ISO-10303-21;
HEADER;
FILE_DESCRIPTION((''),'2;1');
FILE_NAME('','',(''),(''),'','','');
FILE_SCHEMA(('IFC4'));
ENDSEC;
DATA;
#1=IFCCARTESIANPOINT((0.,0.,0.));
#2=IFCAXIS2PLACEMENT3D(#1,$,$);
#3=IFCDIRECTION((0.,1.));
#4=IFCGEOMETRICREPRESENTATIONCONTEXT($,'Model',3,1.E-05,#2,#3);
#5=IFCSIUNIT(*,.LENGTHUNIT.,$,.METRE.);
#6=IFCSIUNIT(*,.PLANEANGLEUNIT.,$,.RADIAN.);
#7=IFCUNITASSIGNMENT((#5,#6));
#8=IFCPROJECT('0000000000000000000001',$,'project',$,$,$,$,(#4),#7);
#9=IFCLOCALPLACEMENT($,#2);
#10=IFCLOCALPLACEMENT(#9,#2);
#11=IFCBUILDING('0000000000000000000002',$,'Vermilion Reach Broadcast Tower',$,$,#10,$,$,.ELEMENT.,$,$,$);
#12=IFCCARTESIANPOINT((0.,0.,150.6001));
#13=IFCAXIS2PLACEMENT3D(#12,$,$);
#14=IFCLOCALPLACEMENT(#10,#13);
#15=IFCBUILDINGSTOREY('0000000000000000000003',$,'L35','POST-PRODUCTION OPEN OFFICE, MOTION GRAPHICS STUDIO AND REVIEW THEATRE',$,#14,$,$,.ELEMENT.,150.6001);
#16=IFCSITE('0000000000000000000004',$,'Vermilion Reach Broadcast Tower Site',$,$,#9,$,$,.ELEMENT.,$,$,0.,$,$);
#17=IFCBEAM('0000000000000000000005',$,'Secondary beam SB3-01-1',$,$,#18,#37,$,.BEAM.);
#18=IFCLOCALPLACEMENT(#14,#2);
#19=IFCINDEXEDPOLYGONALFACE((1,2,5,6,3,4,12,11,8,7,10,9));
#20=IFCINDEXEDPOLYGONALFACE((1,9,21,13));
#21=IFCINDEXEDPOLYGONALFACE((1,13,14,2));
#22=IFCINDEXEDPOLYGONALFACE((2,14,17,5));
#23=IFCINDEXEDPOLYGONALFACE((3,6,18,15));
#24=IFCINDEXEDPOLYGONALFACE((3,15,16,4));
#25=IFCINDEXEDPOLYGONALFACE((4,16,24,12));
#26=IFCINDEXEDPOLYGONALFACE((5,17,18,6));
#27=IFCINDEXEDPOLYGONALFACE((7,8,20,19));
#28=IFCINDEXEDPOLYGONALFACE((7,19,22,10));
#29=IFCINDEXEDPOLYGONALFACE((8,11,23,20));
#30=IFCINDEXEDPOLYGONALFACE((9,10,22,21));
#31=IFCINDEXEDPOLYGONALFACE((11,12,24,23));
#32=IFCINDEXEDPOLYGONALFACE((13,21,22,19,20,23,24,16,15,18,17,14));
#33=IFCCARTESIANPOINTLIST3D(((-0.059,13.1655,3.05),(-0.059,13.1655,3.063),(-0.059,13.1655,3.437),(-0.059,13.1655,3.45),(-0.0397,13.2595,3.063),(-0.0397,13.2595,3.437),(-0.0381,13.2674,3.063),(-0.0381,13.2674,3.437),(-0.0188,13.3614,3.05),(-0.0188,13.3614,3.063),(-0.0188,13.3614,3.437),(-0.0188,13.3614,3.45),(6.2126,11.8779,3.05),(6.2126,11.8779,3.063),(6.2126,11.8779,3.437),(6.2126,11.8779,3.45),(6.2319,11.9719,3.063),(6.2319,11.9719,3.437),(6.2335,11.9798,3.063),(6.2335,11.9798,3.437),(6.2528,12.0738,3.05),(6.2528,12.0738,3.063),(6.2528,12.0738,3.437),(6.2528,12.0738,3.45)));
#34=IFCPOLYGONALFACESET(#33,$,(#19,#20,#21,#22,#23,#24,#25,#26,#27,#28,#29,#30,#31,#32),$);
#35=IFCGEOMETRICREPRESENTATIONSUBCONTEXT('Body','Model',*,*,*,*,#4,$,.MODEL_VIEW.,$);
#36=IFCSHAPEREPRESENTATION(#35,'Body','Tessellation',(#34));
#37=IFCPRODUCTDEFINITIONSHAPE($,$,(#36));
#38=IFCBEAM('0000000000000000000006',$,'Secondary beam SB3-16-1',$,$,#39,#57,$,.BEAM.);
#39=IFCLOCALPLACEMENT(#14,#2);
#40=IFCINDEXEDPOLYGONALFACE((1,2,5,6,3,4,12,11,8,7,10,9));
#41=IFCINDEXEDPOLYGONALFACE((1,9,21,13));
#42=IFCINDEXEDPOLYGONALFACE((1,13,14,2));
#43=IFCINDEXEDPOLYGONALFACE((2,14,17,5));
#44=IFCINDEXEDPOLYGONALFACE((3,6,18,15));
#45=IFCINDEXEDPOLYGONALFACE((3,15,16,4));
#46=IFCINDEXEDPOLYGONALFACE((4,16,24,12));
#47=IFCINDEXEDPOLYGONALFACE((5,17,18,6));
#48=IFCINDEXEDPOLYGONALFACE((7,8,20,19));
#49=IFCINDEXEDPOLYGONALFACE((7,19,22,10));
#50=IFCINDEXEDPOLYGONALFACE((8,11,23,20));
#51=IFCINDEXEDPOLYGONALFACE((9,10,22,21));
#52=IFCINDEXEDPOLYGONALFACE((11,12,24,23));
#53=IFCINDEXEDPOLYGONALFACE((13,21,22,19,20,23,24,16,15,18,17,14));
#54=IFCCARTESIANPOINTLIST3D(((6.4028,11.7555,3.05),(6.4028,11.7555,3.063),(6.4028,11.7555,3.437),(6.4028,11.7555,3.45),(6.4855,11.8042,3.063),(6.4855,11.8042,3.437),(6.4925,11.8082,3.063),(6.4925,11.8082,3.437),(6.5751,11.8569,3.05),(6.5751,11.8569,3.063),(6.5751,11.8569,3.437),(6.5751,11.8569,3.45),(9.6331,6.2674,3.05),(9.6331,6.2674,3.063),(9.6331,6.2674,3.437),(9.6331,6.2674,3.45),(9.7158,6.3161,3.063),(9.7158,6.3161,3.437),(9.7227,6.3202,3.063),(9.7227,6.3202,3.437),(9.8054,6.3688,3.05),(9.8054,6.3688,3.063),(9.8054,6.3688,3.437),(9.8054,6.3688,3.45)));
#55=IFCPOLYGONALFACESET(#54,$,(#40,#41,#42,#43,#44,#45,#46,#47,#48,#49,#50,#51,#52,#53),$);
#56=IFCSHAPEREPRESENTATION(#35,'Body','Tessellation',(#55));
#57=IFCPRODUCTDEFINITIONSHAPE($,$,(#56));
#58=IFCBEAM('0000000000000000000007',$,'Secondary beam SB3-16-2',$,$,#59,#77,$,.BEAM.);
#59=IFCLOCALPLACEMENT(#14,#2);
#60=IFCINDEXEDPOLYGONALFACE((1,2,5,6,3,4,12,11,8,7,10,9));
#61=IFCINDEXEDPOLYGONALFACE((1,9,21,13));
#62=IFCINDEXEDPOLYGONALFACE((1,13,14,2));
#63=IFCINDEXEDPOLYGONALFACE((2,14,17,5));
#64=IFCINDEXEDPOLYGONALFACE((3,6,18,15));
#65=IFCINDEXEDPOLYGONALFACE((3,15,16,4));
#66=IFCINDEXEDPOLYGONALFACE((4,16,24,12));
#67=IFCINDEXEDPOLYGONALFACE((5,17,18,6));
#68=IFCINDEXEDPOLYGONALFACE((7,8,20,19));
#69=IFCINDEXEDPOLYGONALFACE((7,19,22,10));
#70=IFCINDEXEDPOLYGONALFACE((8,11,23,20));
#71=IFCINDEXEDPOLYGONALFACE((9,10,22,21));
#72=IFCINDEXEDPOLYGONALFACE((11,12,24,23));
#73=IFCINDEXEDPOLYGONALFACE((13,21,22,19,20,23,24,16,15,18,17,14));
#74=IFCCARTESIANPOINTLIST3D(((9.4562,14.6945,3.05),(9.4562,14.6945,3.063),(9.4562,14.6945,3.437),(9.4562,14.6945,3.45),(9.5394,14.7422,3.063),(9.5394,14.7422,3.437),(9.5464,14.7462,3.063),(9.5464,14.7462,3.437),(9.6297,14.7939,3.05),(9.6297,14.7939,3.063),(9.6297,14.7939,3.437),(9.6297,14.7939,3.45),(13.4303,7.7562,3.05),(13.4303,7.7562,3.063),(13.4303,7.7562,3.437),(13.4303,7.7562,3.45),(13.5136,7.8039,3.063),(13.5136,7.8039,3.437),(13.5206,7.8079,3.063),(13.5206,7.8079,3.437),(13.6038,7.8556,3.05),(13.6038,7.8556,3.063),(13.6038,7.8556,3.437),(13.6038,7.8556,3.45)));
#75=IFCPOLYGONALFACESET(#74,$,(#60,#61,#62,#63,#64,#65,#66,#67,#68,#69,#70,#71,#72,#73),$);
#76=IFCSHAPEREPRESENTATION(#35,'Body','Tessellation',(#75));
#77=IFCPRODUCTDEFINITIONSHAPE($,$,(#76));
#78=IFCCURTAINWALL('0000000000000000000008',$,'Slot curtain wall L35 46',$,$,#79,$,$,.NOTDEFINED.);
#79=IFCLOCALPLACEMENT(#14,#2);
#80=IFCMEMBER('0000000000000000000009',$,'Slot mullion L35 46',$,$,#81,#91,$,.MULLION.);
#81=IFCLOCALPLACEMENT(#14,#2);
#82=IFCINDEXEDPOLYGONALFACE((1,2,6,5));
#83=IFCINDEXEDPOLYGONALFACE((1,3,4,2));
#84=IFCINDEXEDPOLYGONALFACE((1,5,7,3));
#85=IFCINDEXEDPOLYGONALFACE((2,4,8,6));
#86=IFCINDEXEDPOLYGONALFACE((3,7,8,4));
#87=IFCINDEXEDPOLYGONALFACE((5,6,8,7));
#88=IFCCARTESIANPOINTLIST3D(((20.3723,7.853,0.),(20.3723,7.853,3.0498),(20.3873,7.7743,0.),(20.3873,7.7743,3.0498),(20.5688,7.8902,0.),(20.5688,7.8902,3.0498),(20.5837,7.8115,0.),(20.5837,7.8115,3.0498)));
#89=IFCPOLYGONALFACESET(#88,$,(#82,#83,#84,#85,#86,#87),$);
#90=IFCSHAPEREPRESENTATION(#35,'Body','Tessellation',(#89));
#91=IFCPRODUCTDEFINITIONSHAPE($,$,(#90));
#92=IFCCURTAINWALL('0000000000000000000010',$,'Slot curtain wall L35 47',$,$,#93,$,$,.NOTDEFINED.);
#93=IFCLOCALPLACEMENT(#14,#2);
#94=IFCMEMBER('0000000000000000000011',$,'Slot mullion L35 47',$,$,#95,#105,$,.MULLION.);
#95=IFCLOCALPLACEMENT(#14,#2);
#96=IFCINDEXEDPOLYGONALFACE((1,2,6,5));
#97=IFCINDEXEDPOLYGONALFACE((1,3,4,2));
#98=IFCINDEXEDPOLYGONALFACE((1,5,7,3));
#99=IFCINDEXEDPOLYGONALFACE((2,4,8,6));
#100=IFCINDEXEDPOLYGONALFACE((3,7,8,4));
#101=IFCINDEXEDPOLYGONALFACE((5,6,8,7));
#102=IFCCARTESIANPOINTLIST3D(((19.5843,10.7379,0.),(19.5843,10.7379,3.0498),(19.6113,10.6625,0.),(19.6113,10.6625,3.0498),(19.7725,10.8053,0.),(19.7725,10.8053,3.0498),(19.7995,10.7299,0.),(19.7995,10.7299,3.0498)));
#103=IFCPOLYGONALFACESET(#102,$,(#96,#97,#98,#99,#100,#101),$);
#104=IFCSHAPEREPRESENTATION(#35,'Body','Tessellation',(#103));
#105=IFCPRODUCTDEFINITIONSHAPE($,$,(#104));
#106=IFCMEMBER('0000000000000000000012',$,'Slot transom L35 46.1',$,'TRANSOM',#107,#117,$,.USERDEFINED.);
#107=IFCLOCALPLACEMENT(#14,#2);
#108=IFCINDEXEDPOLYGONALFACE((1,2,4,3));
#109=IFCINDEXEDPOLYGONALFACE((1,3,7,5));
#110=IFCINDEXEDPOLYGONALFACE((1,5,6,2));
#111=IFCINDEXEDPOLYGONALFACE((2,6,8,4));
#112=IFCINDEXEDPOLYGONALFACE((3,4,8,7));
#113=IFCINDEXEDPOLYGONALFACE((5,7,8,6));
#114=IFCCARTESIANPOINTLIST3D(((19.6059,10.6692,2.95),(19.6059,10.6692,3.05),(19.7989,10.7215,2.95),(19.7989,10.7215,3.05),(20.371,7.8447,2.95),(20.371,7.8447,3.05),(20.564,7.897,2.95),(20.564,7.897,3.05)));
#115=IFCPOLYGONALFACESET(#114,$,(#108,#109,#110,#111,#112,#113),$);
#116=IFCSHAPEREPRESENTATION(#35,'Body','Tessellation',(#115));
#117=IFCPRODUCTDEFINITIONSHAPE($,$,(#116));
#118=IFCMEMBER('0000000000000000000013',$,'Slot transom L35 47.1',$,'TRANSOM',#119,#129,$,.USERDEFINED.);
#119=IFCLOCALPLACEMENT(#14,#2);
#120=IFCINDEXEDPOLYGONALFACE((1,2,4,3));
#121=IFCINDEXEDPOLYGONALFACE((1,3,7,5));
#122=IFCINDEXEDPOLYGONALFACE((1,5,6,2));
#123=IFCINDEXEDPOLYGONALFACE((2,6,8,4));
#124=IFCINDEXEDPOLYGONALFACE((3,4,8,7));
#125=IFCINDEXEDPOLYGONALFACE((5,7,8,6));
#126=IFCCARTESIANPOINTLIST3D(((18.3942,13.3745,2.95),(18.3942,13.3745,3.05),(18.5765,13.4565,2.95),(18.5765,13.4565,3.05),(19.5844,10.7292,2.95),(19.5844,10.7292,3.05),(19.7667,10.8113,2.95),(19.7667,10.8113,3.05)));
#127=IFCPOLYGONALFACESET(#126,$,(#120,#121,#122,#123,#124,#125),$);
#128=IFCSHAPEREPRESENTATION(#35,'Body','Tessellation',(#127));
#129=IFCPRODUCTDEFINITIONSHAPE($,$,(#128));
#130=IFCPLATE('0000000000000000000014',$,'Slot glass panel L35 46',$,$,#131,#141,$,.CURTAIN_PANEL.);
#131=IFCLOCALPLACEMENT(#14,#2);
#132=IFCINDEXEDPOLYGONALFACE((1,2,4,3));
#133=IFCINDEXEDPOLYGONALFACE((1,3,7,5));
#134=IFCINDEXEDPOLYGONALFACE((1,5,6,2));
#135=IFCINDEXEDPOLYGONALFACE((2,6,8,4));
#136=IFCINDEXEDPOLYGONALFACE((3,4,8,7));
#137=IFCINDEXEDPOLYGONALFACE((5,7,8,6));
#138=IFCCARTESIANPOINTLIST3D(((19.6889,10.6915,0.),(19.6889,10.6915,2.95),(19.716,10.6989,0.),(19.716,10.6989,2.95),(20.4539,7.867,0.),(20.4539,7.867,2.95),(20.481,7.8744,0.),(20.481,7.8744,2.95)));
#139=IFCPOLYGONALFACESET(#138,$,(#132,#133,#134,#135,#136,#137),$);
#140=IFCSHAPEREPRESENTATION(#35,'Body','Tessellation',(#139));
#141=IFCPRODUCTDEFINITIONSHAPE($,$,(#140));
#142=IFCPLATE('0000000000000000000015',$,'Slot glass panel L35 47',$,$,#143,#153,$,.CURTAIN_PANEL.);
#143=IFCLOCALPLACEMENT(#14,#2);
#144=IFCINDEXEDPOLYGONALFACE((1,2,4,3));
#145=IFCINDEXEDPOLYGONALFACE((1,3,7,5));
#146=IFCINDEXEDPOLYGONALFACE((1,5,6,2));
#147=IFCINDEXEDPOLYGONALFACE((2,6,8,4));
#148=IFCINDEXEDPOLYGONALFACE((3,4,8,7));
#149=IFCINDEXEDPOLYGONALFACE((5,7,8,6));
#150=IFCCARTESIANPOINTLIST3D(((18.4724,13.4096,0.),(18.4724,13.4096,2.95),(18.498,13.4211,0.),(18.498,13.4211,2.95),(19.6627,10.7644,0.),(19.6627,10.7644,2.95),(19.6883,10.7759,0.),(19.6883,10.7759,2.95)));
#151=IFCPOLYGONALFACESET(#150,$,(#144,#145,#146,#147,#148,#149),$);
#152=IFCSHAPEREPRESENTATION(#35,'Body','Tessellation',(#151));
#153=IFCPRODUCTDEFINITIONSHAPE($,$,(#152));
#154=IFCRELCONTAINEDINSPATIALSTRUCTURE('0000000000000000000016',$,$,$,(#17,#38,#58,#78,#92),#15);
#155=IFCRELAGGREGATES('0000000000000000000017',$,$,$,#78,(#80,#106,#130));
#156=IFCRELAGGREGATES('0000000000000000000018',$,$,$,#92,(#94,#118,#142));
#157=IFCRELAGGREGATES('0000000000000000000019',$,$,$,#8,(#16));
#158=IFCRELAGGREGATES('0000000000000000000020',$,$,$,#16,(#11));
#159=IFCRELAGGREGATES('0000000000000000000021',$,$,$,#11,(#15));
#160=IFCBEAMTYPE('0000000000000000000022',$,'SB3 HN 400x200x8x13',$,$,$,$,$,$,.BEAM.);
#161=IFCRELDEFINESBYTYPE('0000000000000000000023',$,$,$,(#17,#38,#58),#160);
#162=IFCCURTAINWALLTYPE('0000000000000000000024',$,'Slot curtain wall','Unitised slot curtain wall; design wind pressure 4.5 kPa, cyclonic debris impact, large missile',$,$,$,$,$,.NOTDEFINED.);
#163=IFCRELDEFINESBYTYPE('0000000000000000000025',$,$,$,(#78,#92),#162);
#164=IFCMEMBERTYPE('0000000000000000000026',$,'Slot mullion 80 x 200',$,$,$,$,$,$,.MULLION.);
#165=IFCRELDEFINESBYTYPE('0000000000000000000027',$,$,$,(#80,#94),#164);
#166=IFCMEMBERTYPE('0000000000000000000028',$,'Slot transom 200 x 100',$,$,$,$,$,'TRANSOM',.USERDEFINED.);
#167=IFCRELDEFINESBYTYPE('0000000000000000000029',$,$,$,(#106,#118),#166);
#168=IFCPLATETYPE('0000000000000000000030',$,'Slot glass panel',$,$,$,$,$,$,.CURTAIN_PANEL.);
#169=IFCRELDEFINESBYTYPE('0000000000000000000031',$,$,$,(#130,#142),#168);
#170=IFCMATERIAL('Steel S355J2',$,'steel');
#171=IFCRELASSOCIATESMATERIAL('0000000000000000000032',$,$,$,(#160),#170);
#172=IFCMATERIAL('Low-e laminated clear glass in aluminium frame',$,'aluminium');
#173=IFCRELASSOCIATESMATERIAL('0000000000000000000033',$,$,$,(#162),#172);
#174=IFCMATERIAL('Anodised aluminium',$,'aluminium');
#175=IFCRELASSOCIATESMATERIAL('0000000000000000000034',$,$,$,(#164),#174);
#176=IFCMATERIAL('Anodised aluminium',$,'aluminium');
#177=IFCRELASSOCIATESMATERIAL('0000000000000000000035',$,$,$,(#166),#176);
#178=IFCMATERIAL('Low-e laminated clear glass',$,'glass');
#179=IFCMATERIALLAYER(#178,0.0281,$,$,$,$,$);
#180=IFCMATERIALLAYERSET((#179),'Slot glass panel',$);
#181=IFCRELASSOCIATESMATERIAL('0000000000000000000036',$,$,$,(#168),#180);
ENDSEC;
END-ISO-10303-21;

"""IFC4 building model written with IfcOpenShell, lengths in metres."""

from ifc_helpers import new_model, si_unit, direction, frame, origin, origin_2d, place, context, subcontext, project, spatial, rectangle, i_section, extrude, material, layer, layer_set, material_profile, profile_set, type_object, element, aggregate, save


model = new_model("IFC4")

# Units and contexts
model_context = context("Model", 3, precision=1e-05, world=origin(), true_north=direction((0.0, 1.0)))
body_context = subcontext(model_context, "Body", "Model", "MODEL_VIEW")
ifc_project = project(units=[si_unit("LENGTHUNIT", "METRE"), si_unit("PLANEANGLEUNIT", "RADIAN")], contexts=[model_context])

# Site, building, storey
site_placement = place(None, origin())
site = spatial("IfcSite", under=ifc_project, at=site_placement, Name="Vermilion Reach Broadcast Tower Site", CompositionType="ELEMENT", RefElevation=0.0)
building_placement = place(site_placement, origin())
building = spatial("IfcBuilding", under=site, at=building_placement, Name="Vermilion Reach Broadcast Tower", CompositionType="ELEMENT")
storey_placement = place(building_placement, frame((0.0, 0.0, 150.6001)))
storey = spatial("IfcBuildingStorey", under=building, at=storey_placement, Name="L35", Description="POST-PRODUCTION OPEN OFFICE, MOTION GRAPHICS STUDIO AND REVIEW THEATRE", CompositionType="ELEMENT", Elevation=150.6001)

# Beams
ifc_material_1 = material(Name="Steel S355J2", Category="steel")
ifc_material_profile_1 = material_profile(ifc_material_1, i_section(OverallWidth=0.2, OverallDepth=0.3999, WebThickness=0.0081, FlangeThickness=0.0129, at=origin_2d()), Name="S355J2 HN 400x200x8x13")
ifc_profile_set_1 = profile_set([ifc_material_profile_1], Name="Steel S355J2")
beam_type_1 = type_object("IfcBeamType", Name="SB3 HN 400x200x8x13", PredefinedType="BEAM", material=ifc_profile_set_1)
beam_1_placement = place(storey_placement, frame((6.2327, 11.9758, 3.25), z_axis=(-0.979568, 0.201115, 0.0), x_axis=(-0.201115, -0.979568, 0.0)))
element("IfcBeam", 1, at=beam_1_placement, inside=storey, type_object=beam_type_1, Name="Secondary beam SB3-01-1", PredefinedType="BEAM", context=body_context, shape_type="SweptSolid", body=[
    extrude(i_section(OverallWidth=0.2, OverallDepth=0.3999, WebThickness=0.0081, FlangeThickness=0.0129, at=origin_2d()), origin(), (0.0, 0.0, 1.0), 6.4023),
])
beam_2_placement = place(storey_placement, frame((9.7192, 6.3181, 3.25), z_axis=(-0.50725, 0.861799, 0.0), x_axis=(-0.861799, -0.50725, 0.0)))
element("IfcBeam", 2, at=beam_2_placement, inside=storey, type_object=beam_type_1, Name="Secondary beam SB3-16-1", PredefinedType="BEAM", context=body_context, shape_type="SweptSolid", body=[
    extrude(i_section(OverallWidth=0.2, OverallDepth=0.3999, WebThickness=0.0081, FlangeThickness=0.0129, at=origin_2d()), origin(), (0.0, 0.0, 1.0), 6.3682),
])
beam_3_placement = place(storey_placement, frame((13.5171, 7.8059, 3.25), z_axis=(-0.497027, 0.867735, 0.0), x_axis=(-0.867735, -0.497027, 0.0)))
element("IfcBeam", 3, at=beam_3_placement, inside=storey, type_object=beam_type_1, Name="Secondary beam SB3-16-2", PredefinedType="BEAM", context=body_context, shape_type="SweptSolid", body=[
    extrude(i_section(OverallWidth=0.2, OverallDepth=0.3999, WebThickness=0.0081, FlangeThickness=0.0129, at=origin_2d()), origin(), (0.0, 0.0, 1.0), 7.9958),
])

# Curtain walls, members
ifc_material_2 = material(Name="Low-e laminated clear glass in aluminium frame", Category="aluminium")
curtain_wall_type = type_object("IfcCurtainWallType", Name="Slot curtain wall", Description="Unitised slot curtain wall; design wind pressure 4.5 kPa, cyclonic debris impact, large missile", PredefinedType="NOTDEFINED", material=ifc_material_2)
placement = place(storey_placement, origin())
curtain_wall_1 = element("IfcCurtainWall", 4, at=placement, inside=storey, type_object=curtain_wall_type, Name="Slot curtain wall L35 46", PredefinedType="NOTDEFINED")
ifc_material_3 = material(Name="Anodised aluminium", Category="aluminium")
ifc_material_profile_2 = material_profile(ifc_material_3, rectangle(XDim=0.2, YDim=0.0801, at=origin_2d()), Name="Slot mullion 80 x 200")
ifc_profile_set_2 = profile_set([ifc_material_profile_2], Name="Anodised aluminium")
member_type_1 = type_object("IfcMemberType", Name="Slot mullion 80 x 200", PredefinedType="MULLION", material=ifc_profile_set_2)
member_1_placement = place(storey_placement, frame((20.478, 7.8323, 0.0), z_axis=(0.0, 0.0, 1.0), x_axis=(-0.982527, -0.186122, 0.0)))
member_1 = element("IfcMember", 5, at=member_1_placement, type_object=member_type_1, Name="Slot mullion L35 46", PredefinedType="MULLION", context=body_context, shape_type="SweptSolid", body=[
    extrude(rectangle(XDim=0.2, YDim=0.0801, at=origin_2d()), origin(), (0.0, 0.0, 1.0), 3.0498),
])
curtain_wall_2 = element("IfcCurtainWall", 6, at=placement, inside=storey, type_object=curtain_wall_type, Name="Slot curtain wall L35 47", PredefinedType="NOTDEFINED")
member_2_placement = place(storey_placement, frame((19.6919, 10.7339, 0.0), z_axis=(0.0, 0.0, 1.0), x_axis=(-0.941523, -0.336949, 0.0)))
member_2 = element("IfcMember", 7, at=member_2_placement, type_object=member_type_1, Name="Slot mullion L35 47", PredefinedType="MULLION", context=body_context, shape_type="SweptSolid", body=[
    extrude(rectangle(XDim=0.2, YDim=0.0801, at=origin_2d()), origin(), (0.0, 0.0, 1.0), 3.0498),
])

# Members
ifc_material_4 = material(Name="Anodised aluminium", Category="aluminium")
ifc_material_profile_3 = material_profile(ifc_material_4, rectangle(XDim=0.2, YDim=0.1001, at=origin_2d()), Name="Slot transom 200 x 100")
ifc_profile_set_3 = profile_set([ifc_material_profile_3], Name="Anodised aluminium")
member_type_2 = type_object("IfcMemberType", Name="Slot transom 200 x 100", ElementType="TRANSOM", PredefinedType="USERDEFINED", material=ifc_profile_set_3)
member_3_placement = place(storey_placement, frame((20.4675, 7.8708, 3.0), z_axis=(-0.261472, 0.965211, 0.0), x_axis=(-0.965211, -0.261472, 0.0)))
member_3 = element("IfcMember", 8, at=member_3_placement, type_object=member_type_2, Name="Slot transom L35 46.1", ObjectType="TRANSOM", PredefinedType="USERDEFINED", context=body_context, shape_type="SweptSolid", body=[
    extrude(rectangle(XDim=0.2, YDim=0.1001, at=origin_2d()), origin(), (0.0, 0.0, 1.0), 2.9263),
])
member_4_placement = place(storey_placement, frame((19.6755, 10.7703, 3.0), z_axis=(-0.410312, 0.911945, 0.0), x_axis=(-0.911945, -0.410312, 0.0)))
member_4 = element("IfcMember", 9, at=member_4_placement, type_object=member_type_2, Name="Slot transom L35 47.1", ObjectType="TRANSOM", PredefinedType="USERDEFINED", context=body_context, shape_type="SweptSolid", body=[
    extrude(rectangle(XDim=0.2, YDim=0.1001, at=origin_2d()), origin(), (0.0, 0.0, 1.0), 2.9006),
])

# Plates
ifc_material_5 = material(Name="Low-e laminated clear glass", Category="glass")
ifc_layer_1 = layer(ifc_material_5, 0.0281)
ifc_layer_set_1 = layer_set([ifc_layer_1], Name="Slot glass panel")
plate_type = type_object("IfcPlateType", Name="Slot glass panel", PredefinedType="CURTAIN_PANEL", material=ifc_layer_set_1)
plate_1_placement = place(storey_placement, frame((20.085, 9.283, 0.0), z_axis=(0.0, 0.0, 1.0), x_axis=(-0.261439, 0.96522, 0.0)))
plate_1 = element("IfcPlate", 10, at=plate_1_placement, type_object=plate_type, Name="Slot glass panel L35 46", PredefinedType="CURTAIN_PANEL", context=body_context, shape_type="SweptSolid", body=[
    extrude(rectangle(XDim=2.9263, YDim=0.0281, at=origin_2d()), origin(), (0.0, 0.0, 1.0), 2.95),
])
aggregate(curtain_wall_1, [member_1, member_3, plate_1])
plate_2_placement = place(storey_placement, frame((19.0803, 12.0928, 0.0), z_axis=(0.0, 0.0, 1.0), x_axis=(-0.410349, 0.911929, 0.0)))
plate_2 = element("IfcPlate", 11, at=plate_2_placement, type_object=plate_type, Name="Slot glass panel L35 47", PredefinedType="CURTAIN_PANEL", context=body_context, shape_type="SweptSolid", body=[
    extrude(rectangle(XDim=2.9006, YDim=0.0281, at=origin_2d()), origin(), (0.0, 0.0, 1.0), 2.95),
])
aggregate(curtain_wall_2, [member_2, member_4, plate_2])

save(model, "model.ifc")
